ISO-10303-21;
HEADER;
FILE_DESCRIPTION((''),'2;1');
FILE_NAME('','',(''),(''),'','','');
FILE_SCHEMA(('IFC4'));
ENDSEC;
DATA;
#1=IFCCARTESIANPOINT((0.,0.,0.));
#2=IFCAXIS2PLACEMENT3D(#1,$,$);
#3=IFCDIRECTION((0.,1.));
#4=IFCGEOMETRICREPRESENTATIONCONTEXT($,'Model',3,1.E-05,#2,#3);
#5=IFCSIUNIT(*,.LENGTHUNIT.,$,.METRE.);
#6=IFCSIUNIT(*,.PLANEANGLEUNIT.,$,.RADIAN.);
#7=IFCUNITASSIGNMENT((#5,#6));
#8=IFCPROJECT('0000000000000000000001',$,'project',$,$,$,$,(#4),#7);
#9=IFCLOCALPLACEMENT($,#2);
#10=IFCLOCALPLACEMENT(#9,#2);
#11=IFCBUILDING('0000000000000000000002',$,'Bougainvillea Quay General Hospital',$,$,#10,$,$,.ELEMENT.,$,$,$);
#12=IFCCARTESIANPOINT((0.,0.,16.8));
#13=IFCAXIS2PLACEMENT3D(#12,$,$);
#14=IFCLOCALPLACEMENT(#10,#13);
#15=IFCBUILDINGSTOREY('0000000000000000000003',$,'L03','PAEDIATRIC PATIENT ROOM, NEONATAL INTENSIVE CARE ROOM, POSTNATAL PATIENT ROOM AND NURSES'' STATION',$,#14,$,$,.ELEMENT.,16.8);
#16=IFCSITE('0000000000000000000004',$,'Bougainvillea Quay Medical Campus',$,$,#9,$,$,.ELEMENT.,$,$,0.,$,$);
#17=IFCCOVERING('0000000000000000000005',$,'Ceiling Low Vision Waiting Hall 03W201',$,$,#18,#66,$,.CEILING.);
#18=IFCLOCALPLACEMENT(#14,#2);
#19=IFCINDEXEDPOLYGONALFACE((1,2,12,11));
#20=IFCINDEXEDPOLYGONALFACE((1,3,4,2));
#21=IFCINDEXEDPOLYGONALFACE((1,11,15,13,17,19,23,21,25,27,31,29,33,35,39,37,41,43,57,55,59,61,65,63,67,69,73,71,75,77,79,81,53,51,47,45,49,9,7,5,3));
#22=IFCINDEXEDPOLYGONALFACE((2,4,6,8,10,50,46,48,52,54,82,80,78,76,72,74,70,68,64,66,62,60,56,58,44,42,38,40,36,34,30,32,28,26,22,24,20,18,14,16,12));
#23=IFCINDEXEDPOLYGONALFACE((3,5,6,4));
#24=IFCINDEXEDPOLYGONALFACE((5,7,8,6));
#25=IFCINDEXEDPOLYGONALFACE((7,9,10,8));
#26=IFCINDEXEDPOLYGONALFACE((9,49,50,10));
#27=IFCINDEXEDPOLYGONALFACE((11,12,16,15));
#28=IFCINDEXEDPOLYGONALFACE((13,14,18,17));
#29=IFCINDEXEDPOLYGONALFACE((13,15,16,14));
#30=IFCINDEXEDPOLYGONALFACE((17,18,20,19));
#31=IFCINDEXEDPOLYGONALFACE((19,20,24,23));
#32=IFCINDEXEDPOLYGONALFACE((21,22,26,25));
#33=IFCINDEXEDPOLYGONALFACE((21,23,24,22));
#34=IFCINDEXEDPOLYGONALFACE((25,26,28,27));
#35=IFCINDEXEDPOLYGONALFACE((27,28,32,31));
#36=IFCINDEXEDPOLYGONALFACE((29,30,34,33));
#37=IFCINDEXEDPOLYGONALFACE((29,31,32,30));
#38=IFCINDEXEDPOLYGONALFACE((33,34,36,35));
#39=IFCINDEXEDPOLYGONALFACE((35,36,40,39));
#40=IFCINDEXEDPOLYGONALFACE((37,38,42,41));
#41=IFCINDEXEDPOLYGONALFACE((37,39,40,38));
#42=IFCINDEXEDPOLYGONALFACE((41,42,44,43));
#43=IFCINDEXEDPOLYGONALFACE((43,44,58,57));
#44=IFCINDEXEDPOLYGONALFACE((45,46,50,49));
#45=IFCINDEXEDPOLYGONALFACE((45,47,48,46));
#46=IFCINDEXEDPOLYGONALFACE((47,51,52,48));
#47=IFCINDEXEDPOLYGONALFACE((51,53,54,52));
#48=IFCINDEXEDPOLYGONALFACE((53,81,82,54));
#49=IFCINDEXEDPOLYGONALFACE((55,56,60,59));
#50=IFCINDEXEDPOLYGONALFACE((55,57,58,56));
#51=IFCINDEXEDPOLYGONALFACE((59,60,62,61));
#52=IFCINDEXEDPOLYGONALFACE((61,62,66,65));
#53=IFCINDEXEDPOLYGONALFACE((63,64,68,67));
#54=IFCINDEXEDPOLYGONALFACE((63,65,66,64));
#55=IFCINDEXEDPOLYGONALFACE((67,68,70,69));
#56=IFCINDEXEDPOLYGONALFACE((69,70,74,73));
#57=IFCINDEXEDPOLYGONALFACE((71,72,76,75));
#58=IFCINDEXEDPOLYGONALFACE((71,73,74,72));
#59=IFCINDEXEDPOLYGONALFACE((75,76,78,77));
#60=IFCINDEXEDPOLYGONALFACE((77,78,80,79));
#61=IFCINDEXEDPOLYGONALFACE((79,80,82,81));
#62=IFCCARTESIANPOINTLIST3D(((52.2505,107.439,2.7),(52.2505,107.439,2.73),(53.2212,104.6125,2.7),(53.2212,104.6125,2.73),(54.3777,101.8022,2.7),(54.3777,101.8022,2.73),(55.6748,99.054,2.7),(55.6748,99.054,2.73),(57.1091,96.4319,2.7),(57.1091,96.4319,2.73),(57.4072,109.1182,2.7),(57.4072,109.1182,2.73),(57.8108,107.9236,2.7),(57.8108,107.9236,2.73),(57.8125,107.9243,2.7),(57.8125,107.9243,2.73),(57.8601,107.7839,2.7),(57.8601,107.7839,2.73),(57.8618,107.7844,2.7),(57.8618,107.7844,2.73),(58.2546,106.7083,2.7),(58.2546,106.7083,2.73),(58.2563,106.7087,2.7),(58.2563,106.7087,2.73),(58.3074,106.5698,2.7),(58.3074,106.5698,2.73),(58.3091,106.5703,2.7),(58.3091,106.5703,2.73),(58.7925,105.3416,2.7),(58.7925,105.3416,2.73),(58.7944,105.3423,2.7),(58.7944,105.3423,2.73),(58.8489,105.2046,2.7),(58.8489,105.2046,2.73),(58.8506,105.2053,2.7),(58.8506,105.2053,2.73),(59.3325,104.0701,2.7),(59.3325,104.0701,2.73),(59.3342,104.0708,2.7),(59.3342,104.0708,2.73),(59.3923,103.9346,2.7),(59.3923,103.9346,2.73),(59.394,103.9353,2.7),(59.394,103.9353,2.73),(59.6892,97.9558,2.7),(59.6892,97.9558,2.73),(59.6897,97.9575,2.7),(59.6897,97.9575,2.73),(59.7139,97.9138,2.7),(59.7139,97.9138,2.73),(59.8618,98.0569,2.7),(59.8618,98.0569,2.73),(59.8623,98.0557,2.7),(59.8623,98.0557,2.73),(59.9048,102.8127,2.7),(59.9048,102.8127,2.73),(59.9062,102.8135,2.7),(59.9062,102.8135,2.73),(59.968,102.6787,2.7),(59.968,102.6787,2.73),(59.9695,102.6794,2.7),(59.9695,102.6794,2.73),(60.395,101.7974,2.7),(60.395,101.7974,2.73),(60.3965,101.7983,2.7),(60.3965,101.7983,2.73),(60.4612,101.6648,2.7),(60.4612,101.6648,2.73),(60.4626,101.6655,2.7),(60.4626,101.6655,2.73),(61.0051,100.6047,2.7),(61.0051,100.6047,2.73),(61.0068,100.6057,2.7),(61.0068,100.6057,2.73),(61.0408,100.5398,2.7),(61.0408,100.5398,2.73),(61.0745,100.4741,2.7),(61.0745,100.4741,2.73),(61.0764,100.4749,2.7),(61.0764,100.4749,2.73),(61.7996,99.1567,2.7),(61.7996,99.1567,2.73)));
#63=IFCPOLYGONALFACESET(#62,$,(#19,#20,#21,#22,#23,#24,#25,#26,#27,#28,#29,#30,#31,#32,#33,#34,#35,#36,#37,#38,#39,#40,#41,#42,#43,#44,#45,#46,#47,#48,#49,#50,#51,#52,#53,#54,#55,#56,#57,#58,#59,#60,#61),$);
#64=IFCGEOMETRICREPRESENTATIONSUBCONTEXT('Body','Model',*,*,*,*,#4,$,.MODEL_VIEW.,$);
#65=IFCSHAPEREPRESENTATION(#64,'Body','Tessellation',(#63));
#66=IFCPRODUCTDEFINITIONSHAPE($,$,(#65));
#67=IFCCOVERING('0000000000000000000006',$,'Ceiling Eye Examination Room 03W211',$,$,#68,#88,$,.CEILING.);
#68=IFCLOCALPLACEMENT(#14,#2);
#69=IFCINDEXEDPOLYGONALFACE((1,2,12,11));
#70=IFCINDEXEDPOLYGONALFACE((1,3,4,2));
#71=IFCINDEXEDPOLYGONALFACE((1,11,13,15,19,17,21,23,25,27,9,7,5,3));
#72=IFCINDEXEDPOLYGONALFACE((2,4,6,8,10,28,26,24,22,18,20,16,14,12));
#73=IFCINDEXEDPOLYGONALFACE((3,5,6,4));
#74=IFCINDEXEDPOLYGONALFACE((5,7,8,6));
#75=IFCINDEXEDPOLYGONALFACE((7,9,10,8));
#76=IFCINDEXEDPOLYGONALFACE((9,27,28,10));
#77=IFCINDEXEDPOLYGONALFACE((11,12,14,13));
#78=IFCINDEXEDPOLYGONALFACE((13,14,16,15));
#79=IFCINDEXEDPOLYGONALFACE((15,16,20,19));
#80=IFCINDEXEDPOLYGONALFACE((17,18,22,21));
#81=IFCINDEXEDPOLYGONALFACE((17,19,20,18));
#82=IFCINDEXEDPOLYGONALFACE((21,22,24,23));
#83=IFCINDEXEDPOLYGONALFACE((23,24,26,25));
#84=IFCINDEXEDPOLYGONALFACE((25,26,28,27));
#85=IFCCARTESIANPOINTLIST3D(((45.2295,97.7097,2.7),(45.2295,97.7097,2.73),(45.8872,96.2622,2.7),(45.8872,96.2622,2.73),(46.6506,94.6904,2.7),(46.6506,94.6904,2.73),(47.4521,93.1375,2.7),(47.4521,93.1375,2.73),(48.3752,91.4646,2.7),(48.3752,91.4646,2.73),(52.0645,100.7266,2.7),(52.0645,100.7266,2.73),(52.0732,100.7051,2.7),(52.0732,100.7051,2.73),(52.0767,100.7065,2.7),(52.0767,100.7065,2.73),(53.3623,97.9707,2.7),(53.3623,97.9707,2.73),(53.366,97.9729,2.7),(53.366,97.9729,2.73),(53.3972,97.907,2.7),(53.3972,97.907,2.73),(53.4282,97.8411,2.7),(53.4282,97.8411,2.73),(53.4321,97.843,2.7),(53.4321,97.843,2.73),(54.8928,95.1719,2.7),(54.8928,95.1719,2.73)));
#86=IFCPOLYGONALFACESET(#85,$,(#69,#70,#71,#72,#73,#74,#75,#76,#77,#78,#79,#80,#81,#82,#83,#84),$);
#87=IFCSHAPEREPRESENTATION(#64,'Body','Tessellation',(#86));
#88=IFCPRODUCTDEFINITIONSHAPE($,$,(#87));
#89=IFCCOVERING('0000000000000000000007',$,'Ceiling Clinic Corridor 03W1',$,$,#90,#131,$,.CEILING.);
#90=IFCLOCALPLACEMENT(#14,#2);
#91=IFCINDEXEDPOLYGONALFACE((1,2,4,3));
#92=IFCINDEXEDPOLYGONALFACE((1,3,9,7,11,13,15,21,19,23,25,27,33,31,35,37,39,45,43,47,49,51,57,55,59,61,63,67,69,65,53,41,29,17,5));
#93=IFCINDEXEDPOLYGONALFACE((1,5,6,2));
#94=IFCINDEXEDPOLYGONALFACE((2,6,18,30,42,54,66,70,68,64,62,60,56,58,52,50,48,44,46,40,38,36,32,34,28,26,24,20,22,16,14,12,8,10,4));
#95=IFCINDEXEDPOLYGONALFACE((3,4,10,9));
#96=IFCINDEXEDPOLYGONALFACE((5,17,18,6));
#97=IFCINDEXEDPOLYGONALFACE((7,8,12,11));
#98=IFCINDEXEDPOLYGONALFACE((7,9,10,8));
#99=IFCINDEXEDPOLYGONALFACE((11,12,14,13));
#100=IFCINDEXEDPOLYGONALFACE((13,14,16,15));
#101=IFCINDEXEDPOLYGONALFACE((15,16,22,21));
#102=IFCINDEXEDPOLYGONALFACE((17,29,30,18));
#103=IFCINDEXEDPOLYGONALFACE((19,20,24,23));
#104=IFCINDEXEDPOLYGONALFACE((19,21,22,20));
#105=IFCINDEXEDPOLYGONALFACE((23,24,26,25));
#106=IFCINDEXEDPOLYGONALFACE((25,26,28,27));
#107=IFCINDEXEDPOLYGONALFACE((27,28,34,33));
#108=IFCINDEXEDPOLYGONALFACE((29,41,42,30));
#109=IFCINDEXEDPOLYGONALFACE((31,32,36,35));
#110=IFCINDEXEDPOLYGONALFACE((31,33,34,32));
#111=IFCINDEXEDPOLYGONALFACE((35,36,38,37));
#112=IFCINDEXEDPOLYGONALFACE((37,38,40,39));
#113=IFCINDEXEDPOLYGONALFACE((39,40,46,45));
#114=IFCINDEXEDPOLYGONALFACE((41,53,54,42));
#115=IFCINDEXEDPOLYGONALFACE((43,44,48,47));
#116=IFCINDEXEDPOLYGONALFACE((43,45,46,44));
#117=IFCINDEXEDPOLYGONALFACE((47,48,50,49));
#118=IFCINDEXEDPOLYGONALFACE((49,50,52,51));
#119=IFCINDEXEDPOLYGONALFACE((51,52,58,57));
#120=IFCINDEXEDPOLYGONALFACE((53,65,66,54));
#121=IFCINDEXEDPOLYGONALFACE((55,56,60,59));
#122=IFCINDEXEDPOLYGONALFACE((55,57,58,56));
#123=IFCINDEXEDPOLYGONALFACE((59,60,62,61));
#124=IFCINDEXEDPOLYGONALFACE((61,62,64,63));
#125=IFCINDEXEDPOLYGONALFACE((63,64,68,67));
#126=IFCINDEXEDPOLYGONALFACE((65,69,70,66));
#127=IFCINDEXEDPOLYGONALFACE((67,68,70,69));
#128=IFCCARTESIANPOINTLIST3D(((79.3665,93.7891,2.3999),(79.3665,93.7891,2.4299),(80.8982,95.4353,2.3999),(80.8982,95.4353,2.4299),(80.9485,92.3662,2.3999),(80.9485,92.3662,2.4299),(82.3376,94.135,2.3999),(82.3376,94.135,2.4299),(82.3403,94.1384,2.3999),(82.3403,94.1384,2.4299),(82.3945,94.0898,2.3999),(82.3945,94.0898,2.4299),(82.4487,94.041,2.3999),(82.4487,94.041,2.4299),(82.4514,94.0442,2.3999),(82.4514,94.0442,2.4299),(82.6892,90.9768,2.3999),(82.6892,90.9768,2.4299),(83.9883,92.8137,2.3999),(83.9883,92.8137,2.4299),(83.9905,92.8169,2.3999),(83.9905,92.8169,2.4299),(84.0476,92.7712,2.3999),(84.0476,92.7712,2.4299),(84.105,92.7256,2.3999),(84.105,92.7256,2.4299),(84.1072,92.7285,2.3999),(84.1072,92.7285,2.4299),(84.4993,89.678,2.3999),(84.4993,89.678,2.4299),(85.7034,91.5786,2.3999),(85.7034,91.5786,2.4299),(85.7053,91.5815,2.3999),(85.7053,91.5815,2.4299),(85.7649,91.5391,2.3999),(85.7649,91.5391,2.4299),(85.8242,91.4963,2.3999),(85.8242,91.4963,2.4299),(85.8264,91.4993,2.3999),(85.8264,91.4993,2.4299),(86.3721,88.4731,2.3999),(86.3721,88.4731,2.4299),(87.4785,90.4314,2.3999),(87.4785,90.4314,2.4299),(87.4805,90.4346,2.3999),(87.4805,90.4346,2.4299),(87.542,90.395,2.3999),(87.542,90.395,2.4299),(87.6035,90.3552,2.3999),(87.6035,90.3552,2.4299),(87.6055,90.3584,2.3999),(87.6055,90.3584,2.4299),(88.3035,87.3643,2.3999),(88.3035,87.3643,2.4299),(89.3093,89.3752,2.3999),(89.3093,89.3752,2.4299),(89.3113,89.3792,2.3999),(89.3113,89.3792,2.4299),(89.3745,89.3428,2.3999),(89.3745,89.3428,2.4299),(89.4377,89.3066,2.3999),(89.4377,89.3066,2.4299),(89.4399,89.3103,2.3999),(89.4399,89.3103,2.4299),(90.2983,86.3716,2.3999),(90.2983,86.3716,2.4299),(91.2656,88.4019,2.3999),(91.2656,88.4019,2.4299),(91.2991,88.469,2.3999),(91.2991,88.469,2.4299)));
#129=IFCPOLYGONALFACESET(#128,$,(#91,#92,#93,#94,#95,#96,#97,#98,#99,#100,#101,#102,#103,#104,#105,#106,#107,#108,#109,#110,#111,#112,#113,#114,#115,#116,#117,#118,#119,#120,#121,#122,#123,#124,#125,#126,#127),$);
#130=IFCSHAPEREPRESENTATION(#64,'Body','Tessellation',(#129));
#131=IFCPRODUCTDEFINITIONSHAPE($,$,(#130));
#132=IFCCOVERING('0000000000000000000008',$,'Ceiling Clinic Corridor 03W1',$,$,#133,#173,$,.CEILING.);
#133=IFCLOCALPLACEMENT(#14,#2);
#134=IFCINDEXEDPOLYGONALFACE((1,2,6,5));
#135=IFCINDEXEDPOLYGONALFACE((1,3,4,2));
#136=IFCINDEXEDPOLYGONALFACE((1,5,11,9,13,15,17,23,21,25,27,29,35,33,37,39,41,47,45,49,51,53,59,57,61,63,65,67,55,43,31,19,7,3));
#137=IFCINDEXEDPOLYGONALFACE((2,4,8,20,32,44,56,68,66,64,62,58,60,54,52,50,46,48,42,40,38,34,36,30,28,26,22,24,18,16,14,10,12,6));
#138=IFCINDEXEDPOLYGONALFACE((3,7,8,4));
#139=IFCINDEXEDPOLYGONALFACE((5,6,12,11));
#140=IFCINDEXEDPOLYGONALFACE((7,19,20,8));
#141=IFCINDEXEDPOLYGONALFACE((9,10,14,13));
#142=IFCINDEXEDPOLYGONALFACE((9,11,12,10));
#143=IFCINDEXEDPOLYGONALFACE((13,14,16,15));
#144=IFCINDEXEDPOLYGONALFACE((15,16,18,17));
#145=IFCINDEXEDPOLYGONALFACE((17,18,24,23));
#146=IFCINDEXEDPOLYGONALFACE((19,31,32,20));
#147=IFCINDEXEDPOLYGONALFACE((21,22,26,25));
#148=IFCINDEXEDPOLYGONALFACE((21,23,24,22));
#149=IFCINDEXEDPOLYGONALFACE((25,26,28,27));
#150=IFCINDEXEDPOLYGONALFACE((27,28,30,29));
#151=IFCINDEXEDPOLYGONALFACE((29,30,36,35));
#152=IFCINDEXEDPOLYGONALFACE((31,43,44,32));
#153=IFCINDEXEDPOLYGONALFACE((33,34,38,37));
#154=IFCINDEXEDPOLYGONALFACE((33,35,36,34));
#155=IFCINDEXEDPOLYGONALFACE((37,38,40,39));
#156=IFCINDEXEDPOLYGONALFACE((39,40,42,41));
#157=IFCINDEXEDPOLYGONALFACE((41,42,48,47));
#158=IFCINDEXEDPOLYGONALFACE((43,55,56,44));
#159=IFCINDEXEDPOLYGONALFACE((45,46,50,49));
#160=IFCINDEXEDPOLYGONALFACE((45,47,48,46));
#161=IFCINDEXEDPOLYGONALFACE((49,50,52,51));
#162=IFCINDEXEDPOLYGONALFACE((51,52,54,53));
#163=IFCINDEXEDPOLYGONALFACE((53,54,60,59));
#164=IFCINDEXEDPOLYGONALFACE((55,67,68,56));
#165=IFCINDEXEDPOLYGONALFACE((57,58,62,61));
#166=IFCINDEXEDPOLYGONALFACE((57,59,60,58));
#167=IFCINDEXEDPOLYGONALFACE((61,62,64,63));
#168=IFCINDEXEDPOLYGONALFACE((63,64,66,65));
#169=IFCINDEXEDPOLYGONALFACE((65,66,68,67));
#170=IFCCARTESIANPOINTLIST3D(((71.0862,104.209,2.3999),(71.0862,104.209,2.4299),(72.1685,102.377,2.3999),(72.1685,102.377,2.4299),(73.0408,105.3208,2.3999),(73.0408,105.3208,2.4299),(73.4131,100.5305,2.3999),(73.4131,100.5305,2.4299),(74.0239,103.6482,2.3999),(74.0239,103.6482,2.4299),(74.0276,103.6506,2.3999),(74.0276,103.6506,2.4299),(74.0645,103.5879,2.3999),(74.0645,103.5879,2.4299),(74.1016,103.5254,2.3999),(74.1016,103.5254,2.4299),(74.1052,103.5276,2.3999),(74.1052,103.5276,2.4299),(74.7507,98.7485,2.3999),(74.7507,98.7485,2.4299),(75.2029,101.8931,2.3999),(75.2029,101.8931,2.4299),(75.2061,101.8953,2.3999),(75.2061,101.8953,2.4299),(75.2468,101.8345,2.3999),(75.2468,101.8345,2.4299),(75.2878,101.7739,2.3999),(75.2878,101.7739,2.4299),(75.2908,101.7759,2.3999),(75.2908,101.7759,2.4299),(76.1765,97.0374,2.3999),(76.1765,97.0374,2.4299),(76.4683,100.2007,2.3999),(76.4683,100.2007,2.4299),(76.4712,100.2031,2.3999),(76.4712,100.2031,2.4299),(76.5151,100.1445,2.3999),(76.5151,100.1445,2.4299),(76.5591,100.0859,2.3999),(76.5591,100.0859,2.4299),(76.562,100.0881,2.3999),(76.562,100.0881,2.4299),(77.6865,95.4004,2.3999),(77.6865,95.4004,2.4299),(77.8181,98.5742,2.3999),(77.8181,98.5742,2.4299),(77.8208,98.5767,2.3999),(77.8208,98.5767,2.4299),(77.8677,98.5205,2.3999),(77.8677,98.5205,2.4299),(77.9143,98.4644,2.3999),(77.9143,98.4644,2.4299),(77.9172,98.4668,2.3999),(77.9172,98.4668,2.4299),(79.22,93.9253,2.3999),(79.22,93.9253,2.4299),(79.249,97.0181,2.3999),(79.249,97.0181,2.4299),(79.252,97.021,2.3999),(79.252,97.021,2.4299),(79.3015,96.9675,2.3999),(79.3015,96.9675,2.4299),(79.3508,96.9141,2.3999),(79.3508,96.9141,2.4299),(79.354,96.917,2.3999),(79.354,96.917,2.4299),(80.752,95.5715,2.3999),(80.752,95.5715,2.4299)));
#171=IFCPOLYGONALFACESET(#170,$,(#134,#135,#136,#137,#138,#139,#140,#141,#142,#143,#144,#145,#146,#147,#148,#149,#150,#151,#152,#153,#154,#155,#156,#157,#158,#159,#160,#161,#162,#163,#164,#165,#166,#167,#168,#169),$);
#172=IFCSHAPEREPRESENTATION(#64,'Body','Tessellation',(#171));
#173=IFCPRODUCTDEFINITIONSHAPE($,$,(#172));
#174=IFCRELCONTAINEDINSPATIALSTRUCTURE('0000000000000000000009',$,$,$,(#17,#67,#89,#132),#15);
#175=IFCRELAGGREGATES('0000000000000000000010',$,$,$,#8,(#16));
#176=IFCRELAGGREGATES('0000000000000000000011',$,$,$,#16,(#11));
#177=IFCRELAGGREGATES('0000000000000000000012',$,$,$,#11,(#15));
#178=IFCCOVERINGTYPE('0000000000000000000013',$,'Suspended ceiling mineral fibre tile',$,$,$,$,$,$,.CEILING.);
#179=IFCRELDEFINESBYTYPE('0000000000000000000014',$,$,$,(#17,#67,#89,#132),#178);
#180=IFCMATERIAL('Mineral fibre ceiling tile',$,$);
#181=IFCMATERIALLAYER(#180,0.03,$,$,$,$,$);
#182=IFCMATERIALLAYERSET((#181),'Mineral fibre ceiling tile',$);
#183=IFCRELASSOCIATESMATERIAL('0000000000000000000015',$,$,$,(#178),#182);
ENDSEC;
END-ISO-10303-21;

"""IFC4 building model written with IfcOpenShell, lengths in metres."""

from ifc_helpers import new_model, si_unit, direction, frame, origin, place, context, subcontext, project, spatial, polyline, outline, extrude, material, layer, layer_set, type_object, element, save


model = new_model("IFC4")

# Units and contexts
model_context = context("Model", 3, precision=1e-05, world=origin(), true_north=direction((0.0, 1.0)))
body_context = subcontext(model_context, "Body", "Model", "MODEL_VIEW")
ifc_project = project(units=[si_unit("LENGTHUNIT", "METRE"), si_unit("PLANEANGLEUNIT", "RADIAN")], contexts=[model_context])

# Site, building, storey
site_placement = place(None, origin())
site = spatial("IfcSite", under=ifc_project, at=site_placement, Name="Bougainvillea Quay Medical Campus", CompositionType="ELEMENT", RefElevation=0.0)
building_placement = place(site_placement, origin())
building = spatial("IfcBuilding", under=site, at=building_placement, Name="Bougainvillea Quay General Hospital", CompositionType="ELEMENT")
storey_placement = place(building_placement, frame((0.0, 0.0, 16.8)))
storey = spatial("IfcBuildingStorey", under=building, at=storey_placement, Name="L03", Description="PAEDIATRIC PATIENT ROOM, NEONATAL INTENSIVE CARE ROOM, POSTNATAL PATIENT ROOM AND NURSES' STATION", CompositionType="ELEMENT", Elevation=16.8)

# Coverings
ifc_material = material(Name="Mineral fibre ceiling tile")
ifc_layer = layer(ifc_material, 0.03)
ifc_layer_set = layer_set([ifc_layer], Name="Mineral fibre ceiling tile")
covering_type = type_object("IfcCoveringType", Name="Suspended ceiling mineral fibre tile", PredefinedType="CEILING", material=ifc_layer_set)
covering_1_placement = place(storey_placement, frame((0.0, 0.0, 2.7)))
element("IfcCovering", 1, at=covering_1_placement, inside=storey, type_object=covering_type, Name="Ceiling Low Vision Waiting Hall 03W201", PredefinedType="CEILING", context=body_context, shape_type="SweptSolid", body=[
    extrude(outline(polyline([(61.0051, 100.6047), (61.0068, 100.6057), (60.4626, 101.6655), (60.4612, 101.6648), (60.395, 101.7974), (60.3965, 101.7983), (59.9695, 102.6794), (59.968, 102.6787), (59.9048, 102.8127), (59.9062, 102.8135), (59.394, 103.9353), (59.3923, 103.9346), (59.3325, 104.0701), (59.3342, 104.0708), (58.8506, 105.2053), (58.8489, 105.2046), (58.7925, 105.3416), (58.7944, 105.3423), (58.3091, 106.5703), (58.3074, 106.5698), (58.2546, 106.7083), (58.2563, 106.7087), (57.8618, 107.7844), (57.8601, 107.7839), (57.8108, 107.9236), (57.8125, 107.9243), (57.4072, 109.1182), (52.2505, 107.439), (53.2212, 104.6125), (54.3777, 101.8022), (55.6748, 99.054), (57.1091, 96.4319), (59.7139, 97.9138), (59.6892, 97.9558), (59.6897, 97.9575), (59.8618, 98.0569), (59.8623, 98.0557), (61.7996, 99.1567), (61.0764, 100.4749), (61.0745, 100.4741), (61.0408, 100.5398), (61.0051, 100.6047)])), origin(), (0.0, 0.0, 1.0), 0.03),
])
covering_2_placement = place(storey_placement, frame((0.0, 0.0, 2.7)))
element("IfcCovering", 2, at=covering_2_placement, inside=storey, type_object=covering_type, Name="Ceiling Eye Examination Room 03W211", PredefinedType="CEILING", context=body_context, shape_type="SweptSolid", body=[
    extrude(outline(polyline([(53.366, 97.9729), (52.0767, 100.7065), (52.0732, 100.7051), (52.0645, 100.7266), (45.2295, 97.7097), (45.8872, 96.2622), (46.6506, 94.6904), (47.4521, 93.1375), (48.3752, 91.4646), (54.8928, 95.1719), (53.4321, 97.843), (53.4282, 97.8411), (53.3972, 97.907), (53.3623, 97.9707), (53.366, 97.9729)])), origin(), (0.0, 0.0, 1.0), 0.03),
])
covering_3_placement = place(storey_placement, frame((0.0, 0.0, 2.3999)))
element("IfcCovering", 3, at=covering_3_placement, inside=storey, type_object=covering_type, Name="Ceiling Clinic Corridor 03W1", PredefinedType="CEILING", context=body_context, shape_type="SweptSolid", body=[
    extrude(outline(polyline([(91.2991, 88.469), (91.2656, 88.4019), (89.4399, 89.3103), (89.4377, 89.3066), (89.3745, 89.3428), (89.3093, 89.3752), (89.3113, 89.3792), (87.6055, 90.3584), (87.6035, 90.3552), (87.542, 90.395), (87.4785, 90.4314), (87.4805, 90.4346), (85.8264, 91.4993), (85.8242, 91.4963), (85.7649, 91.5391), (85.7034, 91.5786), (85.7053, 91.5815), (84.1072, 92.7285), (84.105, 92.7256), (84.0476, 92.7712), (83.9883, 92.8137), (83.9905, 92.8169), (82.4514, 94.0442), (82.4487, 94.041), (82.3945, 94.0898), (82.3376, 94.135), (82.3403, 94.1384), (80.8982, 95.4353), (79.3665, 93.7891), (80.9485, 92.3662), (82.6892, 90.9768), (84.4993, 89.678), (86.3721, 88.4731), (88.3035, 87.3643), (90.2983, 86.3716), (91.2991, 88.469)])), origin(), (0.0, 0.0, 1.0), 0.03),
])
covering_4_placement = place(storey_placement, frame((0.0, 0.0, 2.3999)))
element("IfcCovering", 4, at=covering_4_placement, inside=storey, type_object=covering_type, Name="Ceiling Clinic Corridor 03W1", PredefinedType="CEILING", context=body_context, shape_type="SweptSolid", body=[
    extrude(outline(polyline([(79.249, 97.0181), (79.252, 97.021), (77.9172, 98.4668), (77.9143, 98.4644), (77.8677, 98.5205), (77.8181, 98.5742), (77.8208, 98.5767), (76.562, 100.0881), (76.5591, 100.0859), (76.5151, 100.1445), (76.4683, 100.2007), (76.4712, 100.2031), (75.2908, 101.7759), (75.2878, 101.7739), (75.2468, 101.8345), (75.2029, 101.8931), (75.2061, 101.8953), (74.1052, 103.5276), (74.1016, 103.5254), (74.0645, 103.5879), (74.0239, 103.6482), (74.0276, 103.6506), (73.0408, 105.3208), (71.0862, 104.209), (72.1685, 102.377), (73.4131, 100.5305), (74.7507, 98.7485), (76.1765, 97.0374), (77.6865, 95.4004), (79.22, 93.9253), (80.752, 95.5715), (79.354, 96.917), (79.3508, 96.9141), (79.3015, 96.9675), (79.249, 97.0181)])), origin(), (0.0, 0.0, 1.0), 0.03),
])

save(model, "model.ifc")
